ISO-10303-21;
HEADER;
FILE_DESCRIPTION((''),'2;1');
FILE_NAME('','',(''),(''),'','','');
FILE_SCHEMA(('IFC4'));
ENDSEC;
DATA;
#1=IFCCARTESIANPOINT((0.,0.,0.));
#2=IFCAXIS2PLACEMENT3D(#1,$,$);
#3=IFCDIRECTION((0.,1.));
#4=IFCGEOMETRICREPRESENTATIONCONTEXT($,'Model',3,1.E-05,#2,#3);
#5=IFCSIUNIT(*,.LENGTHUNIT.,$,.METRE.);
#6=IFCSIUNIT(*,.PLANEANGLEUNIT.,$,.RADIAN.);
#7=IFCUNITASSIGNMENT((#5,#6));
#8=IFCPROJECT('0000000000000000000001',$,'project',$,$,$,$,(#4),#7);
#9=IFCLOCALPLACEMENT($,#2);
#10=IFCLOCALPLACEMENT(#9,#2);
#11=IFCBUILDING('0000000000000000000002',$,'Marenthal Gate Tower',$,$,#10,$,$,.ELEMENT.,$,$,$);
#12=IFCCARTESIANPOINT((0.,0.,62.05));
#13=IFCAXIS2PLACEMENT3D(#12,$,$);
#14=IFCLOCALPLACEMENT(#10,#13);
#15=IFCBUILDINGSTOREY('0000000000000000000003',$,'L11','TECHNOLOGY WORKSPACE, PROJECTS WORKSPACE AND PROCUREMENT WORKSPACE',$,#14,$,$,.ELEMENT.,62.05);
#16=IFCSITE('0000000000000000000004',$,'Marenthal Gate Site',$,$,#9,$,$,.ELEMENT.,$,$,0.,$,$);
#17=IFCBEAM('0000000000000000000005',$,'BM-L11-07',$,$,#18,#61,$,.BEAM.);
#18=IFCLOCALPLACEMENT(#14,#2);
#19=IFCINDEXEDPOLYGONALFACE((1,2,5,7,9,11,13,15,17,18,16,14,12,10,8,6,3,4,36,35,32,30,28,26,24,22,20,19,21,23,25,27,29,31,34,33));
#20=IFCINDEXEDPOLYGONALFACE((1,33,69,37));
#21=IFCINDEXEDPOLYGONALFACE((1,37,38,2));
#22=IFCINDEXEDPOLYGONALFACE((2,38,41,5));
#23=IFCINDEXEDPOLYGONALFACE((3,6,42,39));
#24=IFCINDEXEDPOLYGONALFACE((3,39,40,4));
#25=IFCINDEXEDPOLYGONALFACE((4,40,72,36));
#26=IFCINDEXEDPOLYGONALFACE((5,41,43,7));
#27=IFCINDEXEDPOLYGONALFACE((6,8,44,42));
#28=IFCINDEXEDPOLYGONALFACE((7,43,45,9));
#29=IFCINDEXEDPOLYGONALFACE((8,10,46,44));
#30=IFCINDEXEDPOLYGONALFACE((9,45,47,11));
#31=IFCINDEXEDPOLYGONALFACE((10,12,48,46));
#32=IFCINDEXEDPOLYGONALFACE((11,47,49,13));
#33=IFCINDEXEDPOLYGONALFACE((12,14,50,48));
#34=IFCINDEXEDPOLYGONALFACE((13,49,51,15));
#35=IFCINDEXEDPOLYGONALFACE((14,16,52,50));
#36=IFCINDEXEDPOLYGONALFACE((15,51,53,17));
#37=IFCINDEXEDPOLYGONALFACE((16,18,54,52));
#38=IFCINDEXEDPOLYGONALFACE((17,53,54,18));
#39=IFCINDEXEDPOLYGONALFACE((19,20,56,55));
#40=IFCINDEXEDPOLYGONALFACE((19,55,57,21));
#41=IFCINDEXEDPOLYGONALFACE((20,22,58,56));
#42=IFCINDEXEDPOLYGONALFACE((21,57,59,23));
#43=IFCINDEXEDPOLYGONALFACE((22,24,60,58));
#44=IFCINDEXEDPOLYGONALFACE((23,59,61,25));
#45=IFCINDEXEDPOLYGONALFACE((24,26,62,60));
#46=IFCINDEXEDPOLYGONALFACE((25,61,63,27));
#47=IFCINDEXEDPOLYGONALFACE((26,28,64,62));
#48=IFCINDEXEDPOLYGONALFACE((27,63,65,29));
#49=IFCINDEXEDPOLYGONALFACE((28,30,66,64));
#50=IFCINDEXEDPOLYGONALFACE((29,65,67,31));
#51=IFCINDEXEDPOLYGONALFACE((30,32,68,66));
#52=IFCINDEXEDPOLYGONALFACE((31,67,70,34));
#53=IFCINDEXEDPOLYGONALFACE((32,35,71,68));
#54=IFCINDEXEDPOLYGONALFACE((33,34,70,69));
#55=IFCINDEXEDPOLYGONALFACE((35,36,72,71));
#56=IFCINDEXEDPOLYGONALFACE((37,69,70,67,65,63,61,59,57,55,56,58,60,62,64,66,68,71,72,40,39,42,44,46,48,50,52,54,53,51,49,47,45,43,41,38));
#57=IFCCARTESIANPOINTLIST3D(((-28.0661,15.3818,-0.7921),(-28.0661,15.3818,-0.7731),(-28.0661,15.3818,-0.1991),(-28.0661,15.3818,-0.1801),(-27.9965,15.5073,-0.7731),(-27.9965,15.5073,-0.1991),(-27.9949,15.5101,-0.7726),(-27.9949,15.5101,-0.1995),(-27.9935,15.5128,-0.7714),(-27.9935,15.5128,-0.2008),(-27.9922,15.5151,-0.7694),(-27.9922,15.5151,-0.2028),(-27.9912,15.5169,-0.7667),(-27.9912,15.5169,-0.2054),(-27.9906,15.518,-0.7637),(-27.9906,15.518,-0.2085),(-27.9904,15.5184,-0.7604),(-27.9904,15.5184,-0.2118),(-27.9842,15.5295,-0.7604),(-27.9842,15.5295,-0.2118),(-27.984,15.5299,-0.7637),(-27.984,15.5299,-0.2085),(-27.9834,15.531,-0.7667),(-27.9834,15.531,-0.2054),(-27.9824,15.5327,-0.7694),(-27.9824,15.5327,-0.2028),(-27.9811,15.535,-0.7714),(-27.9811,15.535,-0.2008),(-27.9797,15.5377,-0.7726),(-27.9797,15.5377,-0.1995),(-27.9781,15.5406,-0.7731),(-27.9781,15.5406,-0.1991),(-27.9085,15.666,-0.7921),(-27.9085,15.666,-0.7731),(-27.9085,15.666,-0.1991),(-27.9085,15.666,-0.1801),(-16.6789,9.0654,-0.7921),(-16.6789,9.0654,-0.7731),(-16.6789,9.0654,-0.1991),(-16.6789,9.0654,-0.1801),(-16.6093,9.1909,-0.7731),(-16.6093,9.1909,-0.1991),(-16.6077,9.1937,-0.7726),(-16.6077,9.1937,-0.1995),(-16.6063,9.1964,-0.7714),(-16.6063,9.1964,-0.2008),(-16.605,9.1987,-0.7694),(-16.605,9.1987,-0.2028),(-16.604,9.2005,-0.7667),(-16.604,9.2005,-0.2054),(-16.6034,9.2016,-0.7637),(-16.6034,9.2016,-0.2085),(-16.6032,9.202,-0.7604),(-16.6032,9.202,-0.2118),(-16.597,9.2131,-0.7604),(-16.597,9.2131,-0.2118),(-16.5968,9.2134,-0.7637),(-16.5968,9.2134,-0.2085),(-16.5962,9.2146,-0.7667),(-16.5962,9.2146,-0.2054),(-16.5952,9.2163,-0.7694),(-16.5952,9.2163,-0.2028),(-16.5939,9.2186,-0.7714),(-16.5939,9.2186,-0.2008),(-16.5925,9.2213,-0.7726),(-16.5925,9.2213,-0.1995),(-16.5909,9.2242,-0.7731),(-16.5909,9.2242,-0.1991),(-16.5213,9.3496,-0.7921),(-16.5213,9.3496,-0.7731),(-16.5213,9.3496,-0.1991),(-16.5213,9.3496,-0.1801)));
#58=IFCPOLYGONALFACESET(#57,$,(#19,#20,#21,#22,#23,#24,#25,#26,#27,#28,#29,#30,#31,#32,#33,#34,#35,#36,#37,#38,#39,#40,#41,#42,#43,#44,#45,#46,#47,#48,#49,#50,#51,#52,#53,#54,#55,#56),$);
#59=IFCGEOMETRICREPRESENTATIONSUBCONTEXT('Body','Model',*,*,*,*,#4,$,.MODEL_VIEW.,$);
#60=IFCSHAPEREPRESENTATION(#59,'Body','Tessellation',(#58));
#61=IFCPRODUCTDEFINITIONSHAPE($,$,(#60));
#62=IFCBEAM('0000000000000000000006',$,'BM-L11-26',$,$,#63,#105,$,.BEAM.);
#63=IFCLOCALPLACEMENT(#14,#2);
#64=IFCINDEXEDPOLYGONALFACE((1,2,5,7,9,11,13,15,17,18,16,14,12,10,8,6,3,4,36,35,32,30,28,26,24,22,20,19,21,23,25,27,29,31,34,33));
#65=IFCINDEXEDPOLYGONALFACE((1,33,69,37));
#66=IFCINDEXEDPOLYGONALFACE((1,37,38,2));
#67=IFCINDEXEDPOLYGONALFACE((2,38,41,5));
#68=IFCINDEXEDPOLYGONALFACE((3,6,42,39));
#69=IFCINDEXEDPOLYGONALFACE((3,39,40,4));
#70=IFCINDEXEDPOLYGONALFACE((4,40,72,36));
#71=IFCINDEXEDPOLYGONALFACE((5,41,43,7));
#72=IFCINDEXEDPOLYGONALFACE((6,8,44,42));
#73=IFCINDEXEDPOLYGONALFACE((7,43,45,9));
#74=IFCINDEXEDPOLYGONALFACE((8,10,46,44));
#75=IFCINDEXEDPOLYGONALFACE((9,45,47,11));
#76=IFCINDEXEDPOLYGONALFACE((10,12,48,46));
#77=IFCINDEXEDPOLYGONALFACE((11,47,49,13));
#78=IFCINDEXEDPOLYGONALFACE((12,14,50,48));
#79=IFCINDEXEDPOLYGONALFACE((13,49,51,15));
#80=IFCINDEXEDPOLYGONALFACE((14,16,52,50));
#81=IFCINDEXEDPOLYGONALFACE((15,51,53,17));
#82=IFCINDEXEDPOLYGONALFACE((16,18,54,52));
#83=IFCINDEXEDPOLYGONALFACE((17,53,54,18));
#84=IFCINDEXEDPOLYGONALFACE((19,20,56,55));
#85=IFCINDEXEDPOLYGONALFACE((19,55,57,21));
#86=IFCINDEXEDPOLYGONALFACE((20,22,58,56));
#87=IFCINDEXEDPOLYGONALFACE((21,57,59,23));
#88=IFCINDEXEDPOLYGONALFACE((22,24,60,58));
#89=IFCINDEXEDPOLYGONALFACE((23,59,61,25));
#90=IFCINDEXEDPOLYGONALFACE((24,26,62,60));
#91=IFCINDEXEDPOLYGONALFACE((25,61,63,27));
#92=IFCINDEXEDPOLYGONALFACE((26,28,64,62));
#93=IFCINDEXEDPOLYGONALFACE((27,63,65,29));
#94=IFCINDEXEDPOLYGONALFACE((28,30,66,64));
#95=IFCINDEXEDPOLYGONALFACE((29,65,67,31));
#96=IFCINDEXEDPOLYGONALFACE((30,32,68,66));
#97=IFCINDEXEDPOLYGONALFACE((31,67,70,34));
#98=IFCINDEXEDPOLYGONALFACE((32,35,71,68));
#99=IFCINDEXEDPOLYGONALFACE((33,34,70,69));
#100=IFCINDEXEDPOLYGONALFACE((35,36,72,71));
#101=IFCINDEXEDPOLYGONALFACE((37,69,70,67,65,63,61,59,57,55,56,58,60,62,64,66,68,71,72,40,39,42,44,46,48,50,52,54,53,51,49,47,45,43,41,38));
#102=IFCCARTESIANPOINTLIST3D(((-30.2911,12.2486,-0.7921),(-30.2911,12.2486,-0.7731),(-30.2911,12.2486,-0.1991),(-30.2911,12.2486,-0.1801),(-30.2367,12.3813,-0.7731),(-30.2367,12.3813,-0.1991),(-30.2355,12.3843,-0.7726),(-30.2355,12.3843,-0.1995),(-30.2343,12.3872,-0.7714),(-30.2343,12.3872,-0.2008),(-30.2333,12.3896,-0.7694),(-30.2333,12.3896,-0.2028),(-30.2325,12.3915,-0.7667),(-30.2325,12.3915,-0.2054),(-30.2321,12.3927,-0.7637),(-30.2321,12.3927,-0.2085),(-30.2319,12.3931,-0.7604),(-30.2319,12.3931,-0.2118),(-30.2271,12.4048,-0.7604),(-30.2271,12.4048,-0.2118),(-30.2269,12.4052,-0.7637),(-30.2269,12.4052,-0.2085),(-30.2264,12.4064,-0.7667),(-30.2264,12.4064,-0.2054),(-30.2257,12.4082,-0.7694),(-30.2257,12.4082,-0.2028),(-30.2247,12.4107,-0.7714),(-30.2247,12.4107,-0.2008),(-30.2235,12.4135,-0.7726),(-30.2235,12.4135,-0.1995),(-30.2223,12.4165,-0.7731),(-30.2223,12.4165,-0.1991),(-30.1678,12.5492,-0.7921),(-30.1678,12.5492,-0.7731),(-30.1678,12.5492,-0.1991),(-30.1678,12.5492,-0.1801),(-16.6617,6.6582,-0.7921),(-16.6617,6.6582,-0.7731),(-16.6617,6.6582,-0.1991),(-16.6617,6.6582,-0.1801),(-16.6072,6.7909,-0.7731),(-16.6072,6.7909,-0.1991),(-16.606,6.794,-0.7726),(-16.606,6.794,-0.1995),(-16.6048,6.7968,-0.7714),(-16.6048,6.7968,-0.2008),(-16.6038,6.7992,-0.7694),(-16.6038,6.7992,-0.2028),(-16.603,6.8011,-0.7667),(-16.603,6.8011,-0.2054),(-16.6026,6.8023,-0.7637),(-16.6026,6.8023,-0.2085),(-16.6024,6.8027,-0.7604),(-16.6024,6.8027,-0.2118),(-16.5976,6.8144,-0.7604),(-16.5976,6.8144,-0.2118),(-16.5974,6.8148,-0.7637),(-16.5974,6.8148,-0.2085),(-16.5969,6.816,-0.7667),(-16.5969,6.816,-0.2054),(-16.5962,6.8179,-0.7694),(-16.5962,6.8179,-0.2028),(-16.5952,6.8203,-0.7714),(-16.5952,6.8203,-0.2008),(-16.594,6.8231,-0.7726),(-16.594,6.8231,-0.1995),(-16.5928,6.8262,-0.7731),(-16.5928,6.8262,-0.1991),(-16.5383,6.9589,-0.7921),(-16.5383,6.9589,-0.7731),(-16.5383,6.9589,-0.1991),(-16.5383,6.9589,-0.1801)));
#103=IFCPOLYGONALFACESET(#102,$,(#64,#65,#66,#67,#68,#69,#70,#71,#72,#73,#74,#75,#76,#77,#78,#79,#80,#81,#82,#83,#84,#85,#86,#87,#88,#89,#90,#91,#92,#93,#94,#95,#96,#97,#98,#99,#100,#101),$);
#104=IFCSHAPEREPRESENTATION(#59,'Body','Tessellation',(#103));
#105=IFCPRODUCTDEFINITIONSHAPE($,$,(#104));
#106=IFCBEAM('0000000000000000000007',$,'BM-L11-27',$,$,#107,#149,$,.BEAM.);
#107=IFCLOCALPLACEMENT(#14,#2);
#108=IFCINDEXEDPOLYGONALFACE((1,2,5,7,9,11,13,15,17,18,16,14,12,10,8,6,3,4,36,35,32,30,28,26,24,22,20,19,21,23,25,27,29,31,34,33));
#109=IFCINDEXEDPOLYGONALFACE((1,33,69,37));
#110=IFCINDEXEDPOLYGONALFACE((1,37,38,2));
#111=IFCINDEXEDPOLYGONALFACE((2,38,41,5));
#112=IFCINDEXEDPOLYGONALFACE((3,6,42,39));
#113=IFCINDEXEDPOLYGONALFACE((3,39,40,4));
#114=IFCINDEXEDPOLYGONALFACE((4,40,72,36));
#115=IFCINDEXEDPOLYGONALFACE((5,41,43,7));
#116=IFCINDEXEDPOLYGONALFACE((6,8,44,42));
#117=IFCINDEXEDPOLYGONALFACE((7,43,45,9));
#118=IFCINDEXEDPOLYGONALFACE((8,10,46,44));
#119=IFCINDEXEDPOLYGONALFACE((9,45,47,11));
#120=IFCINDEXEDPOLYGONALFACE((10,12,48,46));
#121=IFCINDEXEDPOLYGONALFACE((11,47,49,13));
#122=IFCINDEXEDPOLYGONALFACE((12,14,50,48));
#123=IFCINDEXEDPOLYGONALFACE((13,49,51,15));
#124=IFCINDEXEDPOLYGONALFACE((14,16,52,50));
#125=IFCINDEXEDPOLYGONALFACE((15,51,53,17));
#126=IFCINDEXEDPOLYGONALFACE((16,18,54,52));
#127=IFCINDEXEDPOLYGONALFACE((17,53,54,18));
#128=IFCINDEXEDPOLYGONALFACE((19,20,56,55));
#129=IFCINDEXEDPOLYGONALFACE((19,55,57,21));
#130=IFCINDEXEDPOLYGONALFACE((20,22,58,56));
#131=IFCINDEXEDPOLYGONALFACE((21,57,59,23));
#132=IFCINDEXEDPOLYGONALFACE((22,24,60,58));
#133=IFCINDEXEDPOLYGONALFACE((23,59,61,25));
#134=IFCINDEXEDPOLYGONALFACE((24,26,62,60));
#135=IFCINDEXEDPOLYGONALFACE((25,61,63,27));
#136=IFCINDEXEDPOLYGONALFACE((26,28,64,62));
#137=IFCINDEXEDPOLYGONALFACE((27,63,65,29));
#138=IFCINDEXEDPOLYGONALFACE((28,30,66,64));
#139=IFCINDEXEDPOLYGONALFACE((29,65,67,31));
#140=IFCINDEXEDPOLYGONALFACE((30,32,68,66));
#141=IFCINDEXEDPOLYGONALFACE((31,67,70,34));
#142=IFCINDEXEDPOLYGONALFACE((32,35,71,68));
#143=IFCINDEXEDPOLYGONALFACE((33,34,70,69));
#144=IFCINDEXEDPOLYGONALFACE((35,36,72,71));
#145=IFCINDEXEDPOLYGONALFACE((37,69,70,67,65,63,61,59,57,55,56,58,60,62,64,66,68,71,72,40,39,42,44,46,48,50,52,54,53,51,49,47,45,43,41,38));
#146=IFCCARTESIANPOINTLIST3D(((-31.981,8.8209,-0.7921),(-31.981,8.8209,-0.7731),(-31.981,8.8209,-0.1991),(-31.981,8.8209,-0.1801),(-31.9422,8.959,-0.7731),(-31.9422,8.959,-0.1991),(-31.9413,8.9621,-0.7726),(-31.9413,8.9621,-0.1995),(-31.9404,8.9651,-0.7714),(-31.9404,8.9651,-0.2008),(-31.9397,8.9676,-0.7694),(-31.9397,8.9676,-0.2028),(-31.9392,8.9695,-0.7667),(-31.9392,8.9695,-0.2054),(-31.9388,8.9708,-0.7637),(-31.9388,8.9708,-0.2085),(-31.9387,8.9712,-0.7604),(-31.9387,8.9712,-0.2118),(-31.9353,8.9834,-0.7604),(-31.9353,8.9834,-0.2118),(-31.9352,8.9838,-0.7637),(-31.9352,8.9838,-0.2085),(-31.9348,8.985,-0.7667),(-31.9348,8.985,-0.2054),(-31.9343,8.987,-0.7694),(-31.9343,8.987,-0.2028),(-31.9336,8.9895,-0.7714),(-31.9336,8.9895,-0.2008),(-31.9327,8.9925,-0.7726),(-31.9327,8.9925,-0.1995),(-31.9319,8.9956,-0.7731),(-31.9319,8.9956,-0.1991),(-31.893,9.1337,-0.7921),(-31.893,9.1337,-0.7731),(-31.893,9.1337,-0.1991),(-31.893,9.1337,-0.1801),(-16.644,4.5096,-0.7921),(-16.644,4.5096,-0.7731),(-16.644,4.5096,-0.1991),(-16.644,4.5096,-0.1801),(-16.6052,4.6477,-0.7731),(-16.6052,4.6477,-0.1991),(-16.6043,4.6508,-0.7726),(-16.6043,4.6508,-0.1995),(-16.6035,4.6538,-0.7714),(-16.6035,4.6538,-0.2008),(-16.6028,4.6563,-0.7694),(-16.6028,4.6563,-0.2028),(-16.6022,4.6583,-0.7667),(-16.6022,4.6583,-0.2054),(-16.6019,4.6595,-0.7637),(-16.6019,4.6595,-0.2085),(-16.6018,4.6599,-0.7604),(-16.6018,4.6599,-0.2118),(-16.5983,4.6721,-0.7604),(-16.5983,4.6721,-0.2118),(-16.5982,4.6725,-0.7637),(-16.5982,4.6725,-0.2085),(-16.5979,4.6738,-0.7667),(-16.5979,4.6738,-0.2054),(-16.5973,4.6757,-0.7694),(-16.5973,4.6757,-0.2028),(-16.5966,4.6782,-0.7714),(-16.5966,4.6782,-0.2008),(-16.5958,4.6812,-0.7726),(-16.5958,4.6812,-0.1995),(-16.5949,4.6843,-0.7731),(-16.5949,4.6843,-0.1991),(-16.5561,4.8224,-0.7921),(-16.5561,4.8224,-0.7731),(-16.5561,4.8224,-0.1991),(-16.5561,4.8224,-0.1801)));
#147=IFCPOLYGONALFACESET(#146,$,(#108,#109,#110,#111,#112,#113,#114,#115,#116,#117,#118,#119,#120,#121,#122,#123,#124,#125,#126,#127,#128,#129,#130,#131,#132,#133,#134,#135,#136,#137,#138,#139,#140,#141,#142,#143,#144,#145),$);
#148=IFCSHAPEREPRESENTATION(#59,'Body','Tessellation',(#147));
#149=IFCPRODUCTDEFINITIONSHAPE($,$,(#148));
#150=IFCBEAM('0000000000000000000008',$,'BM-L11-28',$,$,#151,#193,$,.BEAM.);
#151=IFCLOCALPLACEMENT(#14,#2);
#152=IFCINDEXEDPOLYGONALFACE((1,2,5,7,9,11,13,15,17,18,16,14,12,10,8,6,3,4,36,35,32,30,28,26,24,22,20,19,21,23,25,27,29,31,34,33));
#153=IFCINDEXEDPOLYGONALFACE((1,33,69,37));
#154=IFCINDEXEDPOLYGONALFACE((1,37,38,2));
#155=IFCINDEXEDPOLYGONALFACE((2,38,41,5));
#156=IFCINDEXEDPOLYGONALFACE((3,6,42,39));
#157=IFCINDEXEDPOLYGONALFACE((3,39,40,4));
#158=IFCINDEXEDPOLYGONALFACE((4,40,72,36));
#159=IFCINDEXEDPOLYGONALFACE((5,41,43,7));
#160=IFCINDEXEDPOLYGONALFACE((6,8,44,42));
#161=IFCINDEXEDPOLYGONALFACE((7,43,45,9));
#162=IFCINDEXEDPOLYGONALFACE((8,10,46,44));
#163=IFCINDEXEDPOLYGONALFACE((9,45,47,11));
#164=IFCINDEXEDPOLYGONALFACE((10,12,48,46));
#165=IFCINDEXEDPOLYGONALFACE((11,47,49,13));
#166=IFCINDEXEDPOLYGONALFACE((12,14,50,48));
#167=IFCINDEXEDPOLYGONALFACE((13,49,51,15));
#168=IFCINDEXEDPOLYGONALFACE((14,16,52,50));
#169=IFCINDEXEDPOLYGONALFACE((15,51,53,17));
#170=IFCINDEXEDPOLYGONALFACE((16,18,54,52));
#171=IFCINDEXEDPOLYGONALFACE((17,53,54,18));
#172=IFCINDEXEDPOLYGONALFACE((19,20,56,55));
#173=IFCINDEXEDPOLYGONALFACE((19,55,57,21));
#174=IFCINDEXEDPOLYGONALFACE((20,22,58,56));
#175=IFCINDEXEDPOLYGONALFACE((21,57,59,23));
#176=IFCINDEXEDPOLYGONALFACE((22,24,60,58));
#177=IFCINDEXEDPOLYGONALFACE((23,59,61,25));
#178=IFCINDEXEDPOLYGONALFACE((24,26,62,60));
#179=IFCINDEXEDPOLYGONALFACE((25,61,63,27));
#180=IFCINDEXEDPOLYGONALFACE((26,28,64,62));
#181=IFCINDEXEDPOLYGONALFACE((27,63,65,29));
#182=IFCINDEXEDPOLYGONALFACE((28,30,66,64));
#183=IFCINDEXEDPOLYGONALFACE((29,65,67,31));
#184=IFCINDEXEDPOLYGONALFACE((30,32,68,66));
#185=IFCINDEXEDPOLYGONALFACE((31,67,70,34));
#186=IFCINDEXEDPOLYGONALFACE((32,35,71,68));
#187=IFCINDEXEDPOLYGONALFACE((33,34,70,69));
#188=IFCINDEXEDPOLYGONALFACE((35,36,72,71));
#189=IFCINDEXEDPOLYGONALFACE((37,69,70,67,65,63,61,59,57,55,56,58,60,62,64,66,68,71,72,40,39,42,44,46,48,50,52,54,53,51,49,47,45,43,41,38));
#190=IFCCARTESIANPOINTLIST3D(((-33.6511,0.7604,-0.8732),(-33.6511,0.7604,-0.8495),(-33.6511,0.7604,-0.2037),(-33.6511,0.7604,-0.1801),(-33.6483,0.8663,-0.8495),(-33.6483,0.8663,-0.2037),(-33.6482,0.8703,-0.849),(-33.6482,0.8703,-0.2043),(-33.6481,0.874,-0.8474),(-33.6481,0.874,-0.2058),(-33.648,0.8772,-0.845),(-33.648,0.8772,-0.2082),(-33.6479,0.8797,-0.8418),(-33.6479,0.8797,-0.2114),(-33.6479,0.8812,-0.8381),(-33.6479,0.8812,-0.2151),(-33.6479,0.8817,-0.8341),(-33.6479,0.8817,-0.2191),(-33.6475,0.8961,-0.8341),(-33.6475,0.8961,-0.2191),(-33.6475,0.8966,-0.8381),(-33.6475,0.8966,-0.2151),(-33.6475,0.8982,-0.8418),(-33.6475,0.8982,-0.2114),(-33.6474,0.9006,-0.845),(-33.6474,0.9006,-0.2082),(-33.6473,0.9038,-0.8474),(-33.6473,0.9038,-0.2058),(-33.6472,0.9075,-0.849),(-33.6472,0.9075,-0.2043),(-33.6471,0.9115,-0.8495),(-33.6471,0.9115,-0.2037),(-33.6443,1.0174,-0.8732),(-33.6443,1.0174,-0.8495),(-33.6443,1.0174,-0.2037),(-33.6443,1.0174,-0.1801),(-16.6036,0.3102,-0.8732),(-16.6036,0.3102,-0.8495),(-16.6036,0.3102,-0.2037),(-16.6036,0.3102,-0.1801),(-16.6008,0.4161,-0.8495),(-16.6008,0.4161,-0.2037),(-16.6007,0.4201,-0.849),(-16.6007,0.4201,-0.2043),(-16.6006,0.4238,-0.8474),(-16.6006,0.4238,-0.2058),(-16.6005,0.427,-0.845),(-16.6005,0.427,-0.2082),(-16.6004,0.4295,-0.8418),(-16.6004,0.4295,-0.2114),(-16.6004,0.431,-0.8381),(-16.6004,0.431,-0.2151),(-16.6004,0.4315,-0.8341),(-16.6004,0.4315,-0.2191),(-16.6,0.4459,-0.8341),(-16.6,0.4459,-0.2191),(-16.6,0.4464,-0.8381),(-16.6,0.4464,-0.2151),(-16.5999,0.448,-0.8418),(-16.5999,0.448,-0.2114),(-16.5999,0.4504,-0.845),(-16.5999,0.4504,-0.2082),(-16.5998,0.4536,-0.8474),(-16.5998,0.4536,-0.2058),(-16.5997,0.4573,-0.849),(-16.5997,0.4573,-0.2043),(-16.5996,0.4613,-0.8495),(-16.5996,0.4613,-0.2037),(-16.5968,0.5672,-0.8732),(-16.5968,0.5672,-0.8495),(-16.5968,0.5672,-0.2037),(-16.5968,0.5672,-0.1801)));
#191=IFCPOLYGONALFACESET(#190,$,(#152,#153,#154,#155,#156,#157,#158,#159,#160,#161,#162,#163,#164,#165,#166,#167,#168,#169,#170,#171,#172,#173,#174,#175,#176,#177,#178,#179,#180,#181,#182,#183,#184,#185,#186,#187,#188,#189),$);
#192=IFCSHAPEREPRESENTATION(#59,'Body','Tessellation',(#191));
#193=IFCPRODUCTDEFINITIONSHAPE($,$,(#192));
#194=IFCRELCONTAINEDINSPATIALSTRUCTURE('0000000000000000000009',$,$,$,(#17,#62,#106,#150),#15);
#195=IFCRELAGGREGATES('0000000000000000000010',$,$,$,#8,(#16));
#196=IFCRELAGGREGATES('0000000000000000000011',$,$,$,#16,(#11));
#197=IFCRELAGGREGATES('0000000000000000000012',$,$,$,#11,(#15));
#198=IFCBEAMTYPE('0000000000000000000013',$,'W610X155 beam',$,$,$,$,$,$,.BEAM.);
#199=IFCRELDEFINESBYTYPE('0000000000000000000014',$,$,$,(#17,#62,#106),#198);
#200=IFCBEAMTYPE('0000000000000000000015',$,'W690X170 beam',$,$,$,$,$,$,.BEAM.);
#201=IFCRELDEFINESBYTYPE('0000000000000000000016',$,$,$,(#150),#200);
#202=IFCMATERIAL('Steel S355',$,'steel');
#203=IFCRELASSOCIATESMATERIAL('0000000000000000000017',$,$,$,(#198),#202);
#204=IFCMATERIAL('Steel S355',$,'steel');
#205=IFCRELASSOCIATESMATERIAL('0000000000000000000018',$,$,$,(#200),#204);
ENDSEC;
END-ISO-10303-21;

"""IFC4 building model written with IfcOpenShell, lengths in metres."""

from ifc_helpers import new_model, si_unit, direction, frame, origin, origin_2d, place, context, subcontext, project, spatial, i_section, extrude, material, material_profile, profile_set, type_object, element, save


model = new_model("IFC4")

# Units and contexts
model_context = context("Model", 3, precision=1e-05, world=origin(), true_north=direction((0.0, 1.0)))
body_context = subcontext(model_context, "Body", "Model", "MODEL_VIEW")
ifc_project = project(units=[si_unit("LENGTHUNIT", "METRE"), si_unit("PLANEANGLEUNIT", "RADIAN")], contexts=[model_context])

# Site, building, storey
site_placement = place(None, origin())
site = spatial("IfcSite", under=ifc_project, at=site_placement, Name="Marenthal Gate Site", CompositionType="ELEMENT", RefElevation=0.0)
building_placement = place(site_placement, origin())
building = spatial("IfcBuilding", under=site, at=building_placement, Name="Marenthal Gate Tower", CompositionType="ELEMENT")
storey_placement = place(building_placement, frame((0.0, 0.0, 62.05)))
storey = spatial("IfcBuildingStorey", under=building, at=storey_placement, Name="L11", Description="TECHNOLOGY WORKSPACE, PROJECTS WORKSPACE AND PROCUREMENT WORKSPACE", CompositionType="ELEMENT", Elevation=62.05)

# Beams
ifc_material_1 = material(Name="Steel S355", Category="steel")
ifc_material_profile_1 = material_profile(ifc_material_1, i_section(OverallWidth=0.325, OverallDepth=0.6121, WebThickness=0.0127, FlangeThickness=0.019, FilletRadius=0.0127, at=origin_2d()), Name="W610X155")
ifc_profile_set_1 = profile_set([ifc_material_profile_1], Name="Steel S355")
beam_type_1 = type_object("IfcBeamType", Name="W610X155 beam", PredefinedType="BEAM", material=ifc_profile_set_1)
beam_1_placement = place(storey_placement, frame((-27.9873, 15.5239, -0.4861), z_axis=(0.874477, -0.485067, 0.0), x_axis=(0.485067, 0.874477, 0.0)))
element("IfcBeam", 1, at=beam_1_placement, inside=storey, type_object=beam_type_1, Name="BM-L11-07", PredefinedType="BEAM", context=body_context, shape_type="SweptSolid", body=[
    extrude(i_section(OverallWidth=0.325, OverallDepth=0.6121, WebThickness=0.0127, FlangeThickness=0.019, FilletRadius=0.0127, at=origin_2d()), origin(), (0.0, 0.0, 1.0), 13.0217),
])
beam_2_placement = place(storey_placement, frame((-30.2295, 12.3989, -0.4861), z_axis=(0.925198, -0.379486, 0.0), x_axis=(0.379486, 0.925198, 0.0)))
element("IfcBeam", 2, at=beam_2_placement, inside=storey, type_object=beam_type_1, Name="BM-L11-26", PredefinedType="BEAM", context=body_context, shape_type="SweptSolid", body=[
    extrude(i_section(OverallWidth=0.325, OverallDepth=0.6121, WebThickness=0.0127, FlangeThickness=0.019, FilletRadius=0.0127, at=origin_2d()), origin(), (0.0, 0.0, 1.0), 14.7314),
])
beam_3_placement = place(storey_placement, frame((-31.937, 8.9773, -0.4861), z_axis=(0.962687, -0.270616, 0.0), x_axis=(0.270616, 0.962687, 0.0)))
element("IfcBeam", 3, at=beam_3_placement, inside=storey, type_object=beam_type_1, Name="BM-L11-27", PredefinedType="BEAM", context=body_context, shape_type="SweptSolid", body=[
    extrude(i_section(OverallWidth=0.325, OverallDepth=0.6121, WebThickness=0.0127, FlangeThickness=0.019, FilletRadius=0.0127, at=origin_2d()), origin(), (0.0, 0.0, 1.0), 15.9314),
])
ifc_material_2 = material(Name="Steel S355", Category="steel")
ifc_material_profile_2 = material_profile(ifc_material_2, i_section(OverallWidth=0.2571, OverallDepth=0.6931, WebThickness=0.0144, FlangeThickness=0.0237, FilletRadius=0.0154, at=origin_2d()), Name="W690X170")
ifc_profile_set_2 = profile_set([ifc_material_profile_2], Name="Steel S355")
beam_type_2 = type_object("IfcBeamType", Name="W690X170 beam", PredefinedType="BEAM", material=ifc_profile_set_2)
beam_4_placement = place(storey_placement, frame((-33.6477, 0.8889, -0.5266), z_axis=(0.999651, -0.026399, 0.0), x_axis=(0.026399, 0.999651, 0.0)))
element("IfcBeam", 4, at=beam_4_placement, inside=storey, type_object=beam_type_2, Name="BM-L11-28", PredefinedType="BEAM", context=body_context, shape_type="SweptSolid", body=[
    extrude(i_section(OverallWidth=0.2571, OverallDepth=0.6931, WebThickness=0.0144, FlangeThickness=0.0237, FilletRadius=0.0154, at=origin_2d()), origin(), (0.0, 0.0, 1.0), 17.0535),
])

save(model, "model.ifc")
